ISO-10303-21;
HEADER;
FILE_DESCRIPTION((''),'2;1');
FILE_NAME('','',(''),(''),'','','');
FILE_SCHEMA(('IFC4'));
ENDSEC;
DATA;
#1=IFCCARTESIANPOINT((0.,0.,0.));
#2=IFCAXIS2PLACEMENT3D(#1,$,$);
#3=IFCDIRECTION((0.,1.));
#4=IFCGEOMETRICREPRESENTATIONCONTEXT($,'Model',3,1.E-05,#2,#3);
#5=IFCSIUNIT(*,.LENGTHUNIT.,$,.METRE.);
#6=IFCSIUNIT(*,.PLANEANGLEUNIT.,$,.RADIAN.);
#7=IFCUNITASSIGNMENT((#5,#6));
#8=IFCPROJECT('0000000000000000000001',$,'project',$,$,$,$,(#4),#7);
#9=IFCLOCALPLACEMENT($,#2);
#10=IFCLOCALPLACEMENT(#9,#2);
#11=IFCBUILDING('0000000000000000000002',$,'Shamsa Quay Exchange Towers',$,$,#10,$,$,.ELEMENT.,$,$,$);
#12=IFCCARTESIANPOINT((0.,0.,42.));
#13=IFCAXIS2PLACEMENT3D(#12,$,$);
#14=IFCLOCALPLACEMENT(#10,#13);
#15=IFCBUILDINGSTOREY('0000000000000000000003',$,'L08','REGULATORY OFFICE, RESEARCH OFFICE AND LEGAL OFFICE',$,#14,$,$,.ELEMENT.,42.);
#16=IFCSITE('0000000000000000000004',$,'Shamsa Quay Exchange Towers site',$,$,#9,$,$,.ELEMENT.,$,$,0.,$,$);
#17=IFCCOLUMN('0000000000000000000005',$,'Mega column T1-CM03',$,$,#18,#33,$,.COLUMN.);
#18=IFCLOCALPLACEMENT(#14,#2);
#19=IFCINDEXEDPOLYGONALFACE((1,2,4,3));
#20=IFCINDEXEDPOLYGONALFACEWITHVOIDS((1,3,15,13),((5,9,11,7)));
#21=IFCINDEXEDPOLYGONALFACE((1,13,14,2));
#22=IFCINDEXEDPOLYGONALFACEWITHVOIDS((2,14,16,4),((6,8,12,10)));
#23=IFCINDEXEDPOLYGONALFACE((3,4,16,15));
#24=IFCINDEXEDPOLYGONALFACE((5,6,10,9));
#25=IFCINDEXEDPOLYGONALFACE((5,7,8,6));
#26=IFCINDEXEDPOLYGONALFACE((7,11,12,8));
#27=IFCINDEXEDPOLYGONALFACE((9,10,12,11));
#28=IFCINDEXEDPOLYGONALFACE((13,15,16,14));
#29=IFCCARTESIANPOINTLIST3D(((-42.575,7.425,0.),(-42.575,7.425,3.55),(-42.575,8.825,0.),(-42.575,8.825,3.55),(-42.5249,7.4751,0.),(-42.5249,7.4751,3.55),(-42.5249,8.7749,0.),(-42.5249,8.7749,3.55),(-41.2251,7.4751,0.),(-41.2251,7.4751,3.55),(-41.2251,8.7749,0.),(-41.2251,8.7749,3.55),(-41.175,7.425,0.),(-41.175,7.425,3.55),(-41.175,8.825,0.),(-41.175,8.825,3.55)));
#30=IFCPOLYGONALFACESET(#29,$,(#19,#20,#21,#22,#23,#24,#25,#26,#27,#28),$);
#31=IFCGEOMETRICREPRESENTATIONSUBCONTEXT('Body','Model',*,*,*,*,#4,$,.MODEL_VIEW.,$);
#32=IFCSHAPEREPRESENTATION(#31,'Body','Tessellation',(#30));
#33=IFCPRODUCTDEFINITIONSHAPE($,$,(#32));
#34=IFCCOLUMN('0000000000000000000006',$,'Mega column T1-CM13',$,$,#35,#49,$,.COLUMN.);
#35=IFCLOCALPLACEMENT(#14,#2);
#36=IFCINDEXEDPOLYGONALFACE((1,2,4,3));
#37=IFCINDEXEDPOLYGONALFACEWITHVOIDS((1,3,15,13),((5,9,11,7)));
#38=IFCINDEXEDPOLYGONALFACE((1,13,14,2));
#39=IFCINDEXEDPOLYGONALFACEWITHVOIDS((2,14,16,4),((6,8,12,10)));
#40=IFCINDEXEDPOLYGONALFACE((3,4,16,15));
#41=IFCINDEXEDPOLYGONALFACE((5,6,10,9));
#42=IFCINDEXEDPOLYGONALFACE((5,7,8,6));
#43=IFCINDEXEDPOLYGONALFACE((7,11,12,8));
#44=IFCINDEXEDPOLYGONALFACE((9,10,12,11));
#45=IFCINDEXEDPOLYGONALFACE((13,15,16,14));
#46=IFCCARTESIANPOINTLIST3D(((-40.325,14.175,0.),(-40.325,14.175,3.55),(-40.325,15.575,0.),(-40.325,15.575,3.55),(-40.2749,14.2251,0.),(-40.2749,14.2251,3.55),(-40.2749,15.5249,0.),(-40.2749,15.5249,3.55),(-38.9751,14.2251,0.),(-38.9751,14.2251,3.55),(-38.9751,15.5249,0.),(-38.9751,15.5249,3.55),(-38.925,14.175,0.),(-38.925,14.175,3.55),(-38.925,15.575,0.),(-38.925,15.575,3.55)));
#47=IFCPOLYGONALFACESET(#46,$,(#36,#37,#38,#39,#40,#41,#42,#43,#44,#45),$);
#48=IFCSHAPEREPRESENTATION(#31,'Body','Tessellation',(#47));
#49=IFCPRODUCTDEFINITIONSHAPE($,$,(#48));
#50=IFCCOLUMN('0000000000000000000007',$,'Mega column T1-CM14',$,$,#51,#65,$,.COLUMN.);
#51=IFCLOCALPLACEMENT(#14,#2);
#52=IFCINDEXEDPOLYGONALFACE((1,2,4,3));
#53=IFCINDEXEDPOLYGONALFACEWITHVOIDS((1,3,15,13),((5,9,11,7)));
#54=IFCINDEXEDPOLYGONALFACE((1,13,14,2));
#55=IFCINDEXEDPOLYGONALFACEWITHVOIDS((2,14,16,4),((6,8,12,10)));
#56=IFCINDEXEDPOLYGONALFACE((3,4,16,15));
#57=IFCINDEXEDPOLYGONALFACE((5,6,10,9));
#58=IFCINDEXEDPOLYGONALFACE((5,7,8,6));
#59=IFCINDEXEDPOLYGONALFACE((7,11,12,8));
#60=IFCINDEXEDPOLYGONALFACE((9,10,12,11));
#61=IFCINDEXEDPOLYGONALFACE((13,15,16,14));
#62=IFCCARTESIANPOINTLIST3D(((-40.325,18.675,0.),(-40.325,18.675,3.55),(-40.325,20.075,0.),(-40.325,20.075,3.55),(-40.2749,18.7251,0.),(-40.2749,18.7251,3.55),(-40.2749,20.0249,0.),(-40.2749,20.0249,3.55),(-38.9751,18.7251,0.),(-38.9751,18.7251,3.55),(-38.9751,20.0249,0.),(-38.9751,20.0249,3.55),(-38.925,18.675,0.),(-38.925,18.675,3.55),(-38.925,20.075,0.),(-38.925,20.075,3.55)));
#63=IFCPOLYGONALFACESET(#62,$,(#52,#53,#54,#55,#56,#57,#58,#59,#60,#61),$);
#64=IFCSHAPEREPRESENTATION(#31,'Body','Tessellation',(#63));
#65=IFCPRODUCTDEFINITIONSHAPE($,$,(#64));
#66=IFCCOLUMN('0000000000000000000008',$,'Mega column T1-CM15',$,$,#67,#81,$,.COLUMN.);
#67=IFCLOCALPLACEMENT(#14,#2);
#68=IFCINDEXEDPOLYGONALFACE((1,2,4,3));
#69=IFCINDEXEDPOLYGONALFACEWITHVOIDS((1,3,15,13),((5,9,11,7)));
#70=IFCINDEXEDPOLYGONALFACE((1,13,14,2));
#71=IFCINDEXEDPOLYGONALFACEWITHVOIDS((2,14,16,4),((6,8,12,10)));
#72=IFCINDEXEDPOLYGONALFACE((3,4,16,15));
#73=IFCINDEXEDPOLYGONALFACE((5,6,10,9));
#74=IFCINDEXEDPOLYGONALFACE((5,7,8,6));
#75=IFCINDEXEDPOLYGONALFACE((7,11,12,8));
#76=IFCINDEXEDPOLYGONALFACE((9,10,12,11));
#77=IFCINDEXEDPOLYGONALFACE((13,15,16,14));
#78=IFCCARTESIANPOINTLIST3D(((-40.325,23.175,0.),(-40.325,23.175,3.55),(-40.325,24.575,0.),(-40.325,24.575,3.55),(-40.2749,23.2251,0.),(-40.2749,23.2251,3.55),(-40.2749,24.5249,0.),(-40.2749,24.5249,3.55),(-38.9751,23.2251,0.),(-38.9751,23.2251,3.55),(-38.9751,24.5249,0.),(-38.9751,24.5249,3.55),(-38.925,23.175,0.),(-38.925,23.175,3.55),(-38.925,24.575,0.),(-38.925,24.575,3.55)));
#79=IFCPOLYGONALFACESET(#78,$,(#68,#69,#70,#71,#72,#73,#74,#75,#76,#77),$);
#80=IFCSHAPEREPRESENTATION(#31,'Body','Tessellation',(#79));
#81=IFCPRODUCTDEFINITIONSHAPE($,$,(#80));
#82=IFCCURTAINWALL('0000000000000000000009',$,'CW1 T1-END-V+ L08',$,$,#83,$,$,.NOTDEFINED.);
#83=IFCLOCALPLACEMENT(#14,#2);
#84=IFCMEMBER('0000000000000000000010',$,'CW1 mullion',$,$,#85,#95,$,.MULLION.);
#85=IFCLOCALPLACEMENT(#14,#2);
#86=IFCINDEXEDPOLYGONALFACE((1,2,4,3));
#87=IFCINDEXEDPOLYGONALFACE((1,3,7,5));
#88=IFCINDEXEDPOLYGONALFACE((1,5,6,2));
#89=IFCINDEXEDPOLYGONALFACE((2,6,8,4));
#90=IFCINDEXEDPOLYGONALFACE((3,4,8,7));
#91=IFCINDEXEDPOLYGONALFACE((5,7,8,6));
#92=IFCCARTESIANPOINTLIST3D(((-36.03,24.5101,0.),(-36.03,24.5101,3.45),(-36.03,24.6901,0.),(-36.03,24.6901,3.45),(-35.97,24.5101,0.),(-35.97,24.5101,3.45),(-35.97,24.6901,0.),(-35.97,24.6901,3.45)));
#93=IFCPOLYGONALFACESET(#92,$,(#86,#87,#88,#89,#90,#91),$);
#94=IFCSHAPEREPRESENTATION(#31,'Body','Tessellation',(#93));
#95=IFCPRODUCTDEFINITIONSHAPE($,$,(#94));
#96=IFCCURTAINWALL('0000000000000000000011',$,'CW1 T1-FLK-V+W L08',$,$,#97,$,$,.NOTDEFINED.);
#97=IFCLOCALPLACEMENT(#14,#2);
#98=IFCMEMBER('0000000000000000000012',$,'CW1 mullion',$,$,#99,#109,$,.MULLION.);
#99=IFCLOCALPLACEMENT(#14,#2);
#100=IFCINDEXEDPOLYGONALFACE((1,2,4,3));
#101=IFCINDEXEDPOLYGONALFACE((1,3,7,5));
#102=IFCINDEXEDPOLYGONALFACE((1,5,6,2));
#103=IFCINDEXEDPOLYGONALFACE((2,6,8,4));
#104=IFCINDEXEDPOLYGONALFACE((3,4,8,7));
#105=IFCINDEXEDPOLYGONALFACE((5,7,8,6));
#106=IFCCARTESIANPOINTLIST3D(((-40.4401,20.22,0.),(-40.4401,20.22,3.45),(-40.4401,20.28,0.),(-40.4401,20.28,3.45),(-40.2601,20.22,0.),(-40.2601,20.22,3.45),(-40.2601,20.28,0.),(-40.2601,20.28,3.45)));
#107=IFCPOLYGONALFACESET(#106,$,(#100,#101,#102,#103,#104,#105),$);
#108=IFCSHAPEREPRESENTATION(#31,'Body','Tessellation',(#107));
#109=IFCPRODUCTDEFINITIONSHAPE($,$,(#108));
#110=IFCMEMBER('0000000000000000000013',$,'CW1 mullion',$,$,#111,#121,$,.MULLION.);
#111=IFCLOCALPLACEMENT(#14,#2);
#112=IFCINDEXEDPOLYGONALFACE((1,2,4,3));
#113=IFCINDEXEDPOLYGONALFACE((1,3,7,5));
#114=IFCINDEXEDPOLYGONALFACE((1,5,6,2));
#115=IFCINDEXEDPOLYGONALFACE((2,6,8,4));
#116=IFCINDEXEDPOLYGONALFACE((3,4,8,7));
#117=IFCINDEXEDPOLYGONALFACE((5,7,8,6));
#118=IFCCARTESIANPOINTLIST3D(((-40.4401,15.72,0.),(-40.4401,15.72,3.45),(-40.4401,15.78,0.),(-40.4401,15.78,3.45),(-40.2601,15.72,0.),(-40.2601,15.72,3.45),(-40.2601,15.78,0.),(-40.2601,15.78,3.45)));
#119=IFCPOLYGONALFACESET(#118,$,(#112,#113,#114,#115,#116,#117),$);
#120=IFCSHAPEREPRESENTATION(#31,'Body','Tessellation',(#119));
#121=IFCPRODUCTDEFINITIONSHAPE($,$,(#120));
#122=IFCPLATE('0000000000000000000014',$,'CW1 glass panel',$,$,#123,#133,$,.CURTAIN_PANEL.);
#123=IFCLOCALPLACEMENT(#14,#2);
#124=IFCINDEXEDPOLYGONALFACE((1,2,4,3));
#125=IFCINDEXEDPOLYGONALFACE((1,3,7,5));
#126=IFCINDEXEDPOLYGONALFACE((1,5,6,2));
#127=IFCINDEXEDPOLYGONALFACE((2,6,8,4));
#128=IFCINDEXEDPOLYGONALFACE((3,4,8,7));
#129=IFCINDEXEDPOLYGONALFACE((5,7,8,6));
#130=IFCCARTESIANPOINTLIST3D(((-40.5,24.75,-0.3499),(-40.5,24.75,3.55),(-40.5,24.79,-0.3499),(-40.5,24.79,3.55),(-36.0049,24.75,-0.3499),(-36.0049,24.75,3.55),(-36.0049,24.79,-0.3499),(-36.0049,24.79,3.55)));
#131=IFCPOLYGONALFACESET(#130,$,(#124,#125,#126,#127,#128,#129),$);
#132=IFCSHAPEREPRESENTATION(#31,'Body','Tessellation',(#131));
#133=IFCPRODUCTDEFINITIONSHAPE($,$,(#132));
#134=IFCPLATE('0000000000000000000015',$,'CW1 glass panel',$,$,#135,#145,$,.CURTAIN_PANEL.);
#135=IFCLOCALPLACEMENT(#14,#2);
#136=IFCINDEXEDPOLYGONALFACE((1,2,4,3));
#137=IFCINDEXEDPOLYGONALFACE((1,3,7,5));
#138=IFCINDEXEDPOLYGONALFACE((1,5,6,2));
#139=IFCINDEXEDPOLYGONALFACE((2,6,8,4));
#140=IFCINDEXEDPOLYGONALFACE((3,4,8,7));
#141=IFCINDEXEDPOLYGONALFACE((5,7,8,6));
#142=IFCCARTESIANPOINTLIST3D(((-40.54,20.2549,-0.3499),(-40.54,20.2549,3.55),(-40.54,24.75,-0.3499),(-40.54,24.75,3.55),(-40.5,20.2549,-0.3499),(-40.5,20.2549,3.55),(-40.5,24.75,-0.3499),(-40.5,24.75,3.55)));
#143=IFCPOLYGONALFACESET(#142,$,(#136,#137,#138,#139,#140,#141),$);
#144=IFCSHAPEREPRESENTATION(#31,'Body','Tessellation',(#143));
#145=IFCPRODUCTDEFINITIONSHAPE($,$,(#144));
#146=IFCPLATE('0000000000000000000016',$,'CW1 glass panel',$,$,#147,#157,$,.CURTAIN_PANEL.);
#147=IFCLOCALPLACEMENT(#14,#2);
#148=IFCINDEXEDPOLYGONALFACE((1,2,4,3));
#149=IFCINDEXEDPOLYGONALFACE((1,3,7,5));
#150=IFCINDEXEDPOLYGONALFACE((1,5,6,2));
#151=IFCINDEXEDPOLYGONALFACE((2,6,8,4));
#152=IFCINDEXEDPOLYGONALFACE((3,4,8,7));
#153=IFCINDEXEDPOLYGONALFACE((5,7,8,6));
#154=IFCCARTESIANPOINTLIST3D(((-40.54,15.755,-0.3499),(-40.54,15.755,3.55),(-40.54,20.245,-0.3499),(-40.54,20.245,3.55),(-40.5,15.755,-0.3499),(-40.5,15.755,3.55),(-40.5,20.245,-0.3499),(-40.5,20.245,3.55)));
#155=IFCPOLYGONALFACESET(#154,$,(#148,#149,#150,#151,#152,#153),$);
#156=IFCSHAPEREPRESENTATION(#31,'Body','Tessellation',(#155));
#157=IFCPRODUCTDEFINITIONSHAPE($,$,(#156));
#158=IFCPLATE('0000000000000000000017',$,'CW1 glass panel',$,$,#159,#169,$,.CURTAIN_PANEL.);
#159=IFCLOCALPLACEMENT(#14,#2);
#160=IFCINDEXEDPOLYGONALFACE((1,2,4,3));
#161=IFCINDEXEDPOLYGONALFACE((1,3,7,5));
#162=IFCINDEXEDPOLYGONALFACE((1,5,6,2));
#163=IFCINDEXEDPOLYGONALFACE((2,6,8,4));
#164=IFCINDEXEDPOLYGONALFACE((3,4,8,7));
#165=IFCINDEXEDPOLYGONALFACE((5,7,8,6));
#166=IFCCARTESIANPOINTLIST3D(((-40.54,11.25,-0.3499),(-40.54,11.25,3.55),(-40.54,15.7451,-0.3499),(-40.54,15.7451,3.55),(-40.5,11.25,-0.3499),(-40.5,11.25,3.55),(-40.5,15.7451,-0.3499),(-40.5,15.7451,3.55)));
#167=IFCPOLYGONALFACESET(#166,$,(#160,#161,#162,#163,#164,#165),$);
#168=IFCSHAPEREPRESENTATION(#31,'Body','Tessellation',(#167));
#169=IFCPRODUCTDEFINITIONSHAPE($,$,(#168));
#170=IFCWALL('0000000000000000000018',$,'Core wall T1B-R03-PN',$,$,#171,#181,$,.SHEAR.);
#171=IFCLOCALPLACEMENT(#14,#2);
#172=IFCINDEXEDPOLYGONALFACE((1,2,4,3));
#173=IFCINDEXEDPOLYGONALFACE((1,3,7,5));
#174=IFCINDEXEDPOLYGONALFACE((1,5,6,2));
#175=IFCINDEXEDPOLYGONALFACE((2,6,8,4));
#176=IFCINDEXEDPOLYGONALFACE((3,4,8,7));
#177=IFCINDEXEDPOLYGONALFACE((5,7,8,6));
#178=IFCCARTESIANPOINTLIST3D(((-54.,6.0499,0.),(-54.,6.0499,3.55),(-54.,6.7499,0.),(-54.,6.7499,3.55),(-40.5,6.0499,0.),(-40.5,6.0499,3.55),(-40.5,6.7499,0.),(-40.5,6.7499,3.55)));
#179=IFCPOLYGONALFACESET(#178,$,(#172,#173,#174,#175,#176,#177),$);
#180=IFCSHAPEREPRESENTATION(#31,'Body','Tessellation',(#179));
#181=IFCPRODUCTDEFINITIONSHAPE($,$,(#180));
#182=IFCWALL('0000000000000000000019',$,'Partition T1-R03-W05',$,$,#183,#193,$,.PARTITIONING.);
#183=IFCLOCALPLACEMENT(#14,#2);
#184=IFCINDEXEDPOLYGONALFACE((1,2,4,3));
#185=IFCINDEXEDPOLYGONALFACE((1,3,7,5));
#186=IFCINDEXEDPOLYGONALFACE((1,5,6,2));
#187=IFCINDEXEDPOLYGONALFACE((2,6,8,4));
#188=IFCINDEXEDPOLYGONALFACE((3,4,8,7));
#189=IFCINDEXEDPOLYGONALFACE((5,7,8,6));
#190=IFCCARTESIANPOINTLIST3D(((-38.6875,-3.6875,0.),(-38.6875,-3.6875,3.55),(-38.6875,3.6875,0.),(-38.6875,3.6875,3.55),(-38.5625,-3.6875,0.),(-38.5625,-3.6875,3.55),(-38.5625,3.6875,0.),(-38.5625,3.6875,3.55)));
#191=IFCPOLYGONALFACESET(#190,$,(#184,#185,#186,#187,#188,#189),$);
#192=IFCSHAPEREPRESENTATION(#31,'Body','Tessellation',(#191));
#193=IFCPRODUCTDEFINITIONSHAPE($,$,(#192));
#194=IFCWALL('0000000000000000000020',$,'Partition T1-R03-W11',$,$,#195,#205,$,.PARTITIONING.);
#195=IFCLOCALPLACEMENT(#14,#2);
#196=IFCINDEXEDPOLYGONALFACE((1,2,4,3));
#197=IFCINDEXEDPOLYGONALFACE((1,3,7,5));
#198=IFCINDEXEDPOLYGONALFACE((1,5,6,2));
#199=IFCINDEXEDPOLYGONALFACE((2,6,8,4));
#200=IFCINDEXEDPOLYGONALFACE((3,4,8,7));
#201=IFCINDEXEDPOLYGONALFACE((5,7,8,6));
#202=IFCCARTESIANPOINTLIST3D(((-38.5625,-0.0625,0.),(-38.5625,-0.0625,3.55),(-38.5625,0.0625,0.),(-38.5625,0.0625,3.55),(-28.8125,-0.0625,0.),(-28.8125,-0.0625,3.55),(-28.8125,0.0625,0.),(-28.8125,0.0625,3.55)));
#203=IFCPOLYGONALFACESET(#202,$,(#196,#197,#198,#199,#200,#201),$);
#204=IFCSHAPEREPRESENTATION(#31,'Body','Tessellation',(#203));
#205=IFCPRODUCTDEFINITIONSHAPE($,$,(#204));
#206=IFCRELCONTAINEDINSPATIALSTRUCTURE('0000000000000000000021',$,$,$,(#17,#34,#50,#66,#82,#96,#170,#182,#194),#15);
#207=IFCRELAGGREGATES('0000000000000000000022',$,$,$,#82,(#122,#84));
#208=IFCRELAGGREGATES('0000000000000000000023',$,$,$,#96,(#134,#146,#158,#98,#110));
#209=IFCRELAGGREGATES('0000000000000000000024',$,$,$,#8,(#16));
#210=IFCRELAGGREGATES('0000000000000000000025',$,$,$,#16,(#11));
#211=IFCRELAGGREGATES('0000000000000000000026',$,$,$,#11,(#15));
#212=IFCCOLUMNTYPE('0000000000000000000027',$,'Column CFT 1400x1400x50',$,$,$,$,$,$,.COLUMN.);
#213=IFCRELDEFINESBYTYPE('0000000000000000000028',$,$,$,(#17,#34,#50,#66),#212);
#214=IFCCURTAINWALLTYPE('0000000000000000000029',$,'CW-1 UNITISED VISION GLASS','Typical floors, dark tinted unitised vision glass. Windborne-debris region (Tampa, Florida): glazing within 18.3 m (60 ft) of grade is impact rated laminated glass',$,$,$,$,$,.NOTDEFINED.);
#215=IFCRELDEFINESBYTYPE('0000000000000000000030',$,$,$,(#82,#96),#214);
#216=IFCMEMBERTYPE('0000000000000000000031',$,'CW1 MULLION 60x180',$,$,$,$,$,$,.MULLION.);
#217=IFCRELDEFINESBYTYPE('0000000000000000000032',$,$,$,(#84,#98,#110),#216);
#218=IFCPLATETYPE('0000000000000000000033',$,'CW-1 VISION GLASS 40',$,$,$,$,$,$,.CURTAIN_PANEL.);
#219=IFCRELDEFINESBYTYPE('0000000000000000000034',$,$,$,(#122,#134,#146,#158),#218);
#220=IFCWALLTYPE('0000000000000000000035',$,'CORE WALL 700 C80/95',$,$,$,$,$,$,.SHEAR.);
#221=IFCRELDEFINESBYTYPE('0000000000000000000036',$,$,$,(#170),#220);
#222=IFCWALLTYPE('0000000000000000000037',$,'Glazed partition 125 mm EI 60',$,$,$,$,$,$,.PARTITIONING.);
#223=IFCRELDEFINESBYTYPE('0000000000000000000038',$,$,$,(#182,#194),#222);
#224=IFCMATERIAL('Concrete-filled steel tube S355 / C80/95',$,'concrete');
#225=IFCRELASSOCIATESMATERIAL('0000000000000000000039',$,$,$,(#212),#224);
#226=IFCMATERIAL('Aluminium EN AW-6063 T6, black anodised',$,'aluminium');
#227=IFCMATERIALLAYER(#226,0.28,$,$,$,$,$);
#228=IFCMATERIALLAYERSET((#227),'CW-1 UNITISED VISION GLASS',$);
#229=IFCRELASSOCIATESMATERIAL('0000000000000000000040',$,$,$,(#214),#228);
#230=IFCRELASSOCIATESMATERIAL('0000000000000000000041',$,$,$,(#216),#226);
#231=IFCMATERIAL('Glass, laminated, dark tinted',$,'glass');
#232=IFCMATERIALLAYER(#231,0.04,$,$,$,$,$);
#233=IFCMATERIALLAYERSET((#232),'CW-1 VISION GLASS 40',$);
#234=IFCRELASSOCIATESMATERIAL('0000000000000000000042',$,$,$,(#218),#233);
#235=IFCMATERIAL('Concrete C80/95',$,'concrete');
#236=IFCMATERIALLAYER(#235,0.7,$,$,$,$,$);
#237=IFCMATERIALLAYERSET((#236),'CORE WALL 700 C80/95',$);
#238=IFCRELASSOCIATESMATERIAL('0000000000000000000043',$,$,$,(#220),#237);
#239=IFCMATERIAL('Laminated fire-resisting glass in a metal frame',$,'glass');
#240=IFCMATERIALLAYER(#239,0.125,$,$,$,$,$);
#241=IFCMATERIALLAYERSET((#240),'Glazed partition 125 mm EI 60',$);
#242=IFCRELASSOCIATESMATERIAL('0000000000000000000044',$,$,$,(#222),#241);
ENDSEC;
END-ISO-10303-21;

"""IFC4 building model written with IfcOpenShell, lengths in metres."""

from ifc_helpers import new_model, si_unit, direction, frame, frame_2d, origin, origin_2d, place, context, subcontext, project, spatial, rectangle, hollow_rectangle, extrude, material, layer, layer_set, material_profile, profile_set, type_object, element, aggregate, save


model = new_model("IFC4")

# Units and contexts
model_context = context("Model", 3, precision=1e-05, world=origin(), true_north=direction((0.0, 1.0)))
body_context = subcontext(model_context, "Body", "Model", "MODEL_VIEW")
ifc_project = project(units=[si_unit("LENGTHUNIT", "METRE"), si_unit("PLANEANGLEUNIT", "RADIAN")], contexts=[model_context])

# Site, building, storey
site_placement = place(None, origin())
site = spatial("IfcSite", under=ifc_project, at=site_placement, Name="Shamsa Quay Exchange Towers site", CompositionType="ELEMENT", RefElevation=0.0)
building_placement = place(site_placement, origin())
building = spatial("IfcBuilding", under=site, at=building_placement, Name="Shamsa Quay Exchange Towers", CompositionType="ELEMENT")
storey_placement = place(building_placement, frame((0.0, 0.0, 42.0)))
storey = spatial("IfcBuildingStorey", under=building, at=storey_placement, Name="L08", Description="REGULATORY OFFICE, RESEARCH OFFICE AND LEGAL OFFICE", CompositionType="ELEMENT", Elevation=42.0)

# Columns
ifc_material_1 = material(Name="Concrete-filled steel tube S355 / C80/95", Category="concrete")
ifc_material_profile_1 = material_profile(ifc_material_1, hollow_rectangle(XDim=1.3999, YDim=1.3999, WallThickness=0.05, at=origin_2d()), Name="CFT 1400x1400x50")
ifc_profile_set_1 = profile_set([ifc_material_profile_1], Name="Concrete-filled steel tube S355 / C80/95")
column_type = type_object("IfcColumnType", Name="Column CFT 1400x1400x50", PredefinedType="COLUMN", material=ifc_profile_set_1)
for number, where, name in (
    (1, (-41.875, 8.125, 0.0), "Mega column T1-CM03"),
    (2, (-39.625, 14.875, 0.0), "Mega column T1-CM13"),
    (3, (-39.625, 19.375, 0.0), "Mega column T1-CM14"),
    (4, (-39.625, 23.875, 0.0), "Mega column T1-CM15"),
):
    element("IfcColumn", number, at=place(storey_placement, frame(where)), inside=storey, type_object=column_type, Name=name, PredefinedType="COLUMN", context=body_context, shape_type="SweptSolid", body=[
        extrude(hollow_rectangle(XDim=1.3999, YDim=1.3999, WallThickness=0.05, at=origin_2d()), origin(), (0.0, 0.0, 1.0), 3.55),
    ])

# Curtain wall, member
ifc_material_2 = material(Name="Aluminium EN AW-6063 T6, black anodised", Category="aluminium")
ifc_layer_1 = layer(ifc_material_2, 0.28)
ifc_layer_set_1 = layer_set([ifc_layer_1], Name="CW-1 UNITISED VISION GLASS")
curtain_wall_type = type_object("IfcCurtainWallType", Name="CW-1 UNITISED VISION GLASS", Description="Typical floors, dark tinted unitised vision glass. Windborne-debris region (Tampa, Florida): glazing within 18.3 m (60 ft) of grade is impact rated laminated glass", PredefinedType="NOTDEFINED", material=ifc_layer_set_1)
curtain_wall_1_placement = place(storey_placement, origin())
curtain_wall_1 = element("IfcCurtainWall", 5, at=curtain_wall_1_placement, inside=storey, type_object=curtain_wall_type, Name="CW1 T1-END-V+ L08", PredefinedType="NOTDEFINED")
ifc_material_profile_2 = material_profile(ifc_material_2, rectangle(XDim=0.1799, YDim=0.0601, at=origin_2d()), Name="MU60x180")
ifc_profile_set_2 = profile_set([ifc_material_profile_2], Name="Aluminium EN AW-6063 T6, black anodised")
member_type = type_object("IfcMemberType", Name="CW1 MULLION 60x180", PredefinedType="MULLION", material=ifc_profile_set_2)
member_1_placement = place(storey_placement, frame((-36.0, 24.6001, 0.0), z_axis=(0.0, 0.0, 1.0), x_axis=(0.0, -1.0, 0.0)))
member_1 = element("IfcMember", 6, at=member_1_placement, type_object=member_type, Name="CW1 mullion", PredefinedType="MULLION", context=body_context, shape_type="SweptSolid", body=[
    extrude(rectangle(XDim=0.1799, YDim=0.0601, at=origin_2d()), origin(), (0.0, 0.0, 1.0), 3.45),
])

# Curtain wall, members
curtain_wall_2_placement = place(storey_placement, origin())
curtain_wall_2 = element("IfcCurtainWall", 7, at=curtain_wall_2_placement, inside=storey, type_object=curtain_wall_type, Name="CW1 T1-FLK-V+W L08", PredefinedType="NOTDEFINED")
member_2_placement = place(storey_placement, frame((-40.3501, 20.25, 0.0)))
member_2 = element("IfcMember", 8, at=member_2_placement, type_object=member_type, Name="CW1 mullion", PredefinedType="MULLION", context=body_context, shape_type="SweptSolid", body=[
    extrude(rectangle(XDim=0.1799, YDim=0.0601, at=origin_2d()), origin(), (0.0, 0.0, 1.0), 3.45),
])
member_3_placement = place(storey_placement, frame((-40.3501, 15.75, 0.0)))
member_3 = element("IfcMember", 9, at=member_3_placement, type_object=member_type, Name="CW1 mullion", PredefinedType="MULLION", context=body_context, shape_type="SweptSolid", body=[
    extrude(rectangle(XDim=0.1799, YDim=0.0601, at=origin_2d()), origin(), (0.0, 0.0, 1.0), 3.45),
])

# Plates
ifc_material_3 = material(Name="Glass, laminated, dark tinted", Category="glass")
ifc_layer_2 = layer(ifc_material_3, 0.04)
ifc_layer_set_2 = layer_set([ifc_layer_2], Name="CW-1 VISION GLASS 40")
plate_type = type_object("IfcPlateType", Name="CW-1 VISION GLASS 40", PredefinedType="CURTAIN_PANEL", material=ifc_layer_set_2)
plate_1_placement = place(storey_placement, frame((-38.2524, 24.77, -0.3499), z_axis=(0.0, 0.0, 1.0), x_axis=(-1.0, 0.0, 0.0)))
plate_1 = element("IfcPlate", 10, at=plate_1_placement, type_object=plate_type, Name="CW1 glass panel", PredefinedType="CURTAIN_PANEL", context=body_context, shape_type="SweptSolid", body=[
    extrude(rectangle(XDim=4.4951, YDim=0.04, at=origin_2d()), origin(), (0.0, 0.0, 1.0), 3.8999),
])
aggregate(curtain_wall_1, [plate_1, member_1])
plate_2_placement = place(storey_placement, frame((-40.52, 22.5024, -0.3499), z_axis=(0.0, 0.0, 1.0), x_axis=(0.0, -1.0, 0.0)))
plate_2 = element("IfcPlate", 11, at=plate_2_placement, type_object=plate_type, Name="CW1 glass panel", PredefinedType="CURTAIN_PANEL", context=body_context, shape_type="SweptSolid", body=[
    extrude(rectangle(XDim=4.4951, YDim=0.04, at=origin_2d()), origin(), (0.0, 0.0, 1.0), 3.8999),
])
plate_3_placement = place(storey_placement, frame((-40.52, 18.0, -0.3499), z_axis=(0.0, 0.0, 1.0), x_axis=(0.0, -1.0, 0.0)))
plate_3 = element("IfcPlate", 12, at=plate_3_placement, type_object=plate_type, Name="CW1 glass panel", PredefinedType="CURTAIN_PANEL", context=body_context, shape_type="SweptSolid", body=[
    extrude(rectangle(XDim=4.49, YDim=0.04, at=origin_2d()), origin(), (0.0, 0.0, 1.0), 3.8999),
])
plate_4_placement = place(storey_placement, frame((-40.52, 13.4976, -0.3499), z_axis=(0.0, 0.0, 1.0), x_axis=(0.0, -1.0, 0.0)))
plate_4 = element("IfcPlate", 13, at=plate_4_placement, type_object=plate_type, Name="CW1 glass panel", PredefinedType="CURTAIN_PANEL", context=body_context, shape_type="SweptSolid", body=[
    extrude(rectangle(XDim=4.4951, YDim=0.04, at=origin_2d()), origin(), (0.0, 0.0, 1.0), 3.8999),
])
aggregate(curtain_wall_2, [plate_2, plate_3, plate_4, member_2, member_3])

# Walls
ifc_material_4 = material(Name="Concrete C80/95", Category="concrete")
ifc_layer_3 = layer(ifc_material_4, 0.7)
ifc_layer_set_3 = layer_set([ifc_layer_3], Name="CORE WALL 700 C80/95")
wall_type_1 = type_object("IfcWallType", Name="CORE WALL 700 C80/95", PredefinedType="SHEAR", material=ifc_layer_set_3)
wall_1_placement = place(storey_placement, frame((-40.5, 6.3999, 0.0), z_axis=(0.0, 0.0, 1.0), x_axis=(-1.0, 0.0, 0.0)))
element("IfcWall", 14, at=wall_1_placement, inside=storey, type_object=wall_type_1, Name="Core wall T1B-R03-PN", PredefinedType="SHEAR", context=body_context, shape_type="SweptSolid", body=[
    extrude(rectangle(XDim=13.5, YDim=0.7, at=frame_2d((6.75, 0.0))), origin(), (0.0, 0.0, 1.0), 3.55),
])
ifc_material_5 = material(Name="Laminated fire-resisting glass in a metal frame", Category="glass")
ifc_layer_4 = layer(ifc_material_5, 0.125)
ifc_layer_set_4 = layer_set([ifc_layer_4], Name="Glazed partition 125 mm EI 60")
wall_type_2 = type_object("IfcWallType", Name="Glazed partition 125 mm EI 60", PredefinedType="PARTITIONING", material=ifc_layer_set_4)
wall_2_placement = place(storey_placement, frame((-38.625, 3.6875, 0.0), z_axis=(0.0, 0.0, 1.0), x_axis=(0.0, -1.0, 0.0)))
element("IfcWall", 15, at=wall_2_placement, inside=storey, type_object=wall_type_2, Name="Partition T1-R03-W05", PredefinedType="PARTITIONING", context=body_context, shape_type="SweptSolid", body=[
    extrude(rectangle(XDim=7.375, YDim=0.125, at=frame_2d((3.6875, 0.0))), origin(), (0.0, 0.0, 1.0), 3.55),
])
wall_3_placement = place(storey_placement, frame((-38.5625, 0.0, 0.0)))
element("IfcWall", 16, at=wall_3_placement, inside=storey, type_object=wall_type_2, Name="Partition T1-R03-W11", PredefinedType="PARTITIONING", context=body_context, shape_type="SweptSolid", body=[
    extrude(rectangle(XDim=9.75, YDim=0.125, at=frame_2d((4.875, 0.0))), origin(), (0.0, 0.0, 1.0), 3.55),
])

save(model, "model.ifc")
